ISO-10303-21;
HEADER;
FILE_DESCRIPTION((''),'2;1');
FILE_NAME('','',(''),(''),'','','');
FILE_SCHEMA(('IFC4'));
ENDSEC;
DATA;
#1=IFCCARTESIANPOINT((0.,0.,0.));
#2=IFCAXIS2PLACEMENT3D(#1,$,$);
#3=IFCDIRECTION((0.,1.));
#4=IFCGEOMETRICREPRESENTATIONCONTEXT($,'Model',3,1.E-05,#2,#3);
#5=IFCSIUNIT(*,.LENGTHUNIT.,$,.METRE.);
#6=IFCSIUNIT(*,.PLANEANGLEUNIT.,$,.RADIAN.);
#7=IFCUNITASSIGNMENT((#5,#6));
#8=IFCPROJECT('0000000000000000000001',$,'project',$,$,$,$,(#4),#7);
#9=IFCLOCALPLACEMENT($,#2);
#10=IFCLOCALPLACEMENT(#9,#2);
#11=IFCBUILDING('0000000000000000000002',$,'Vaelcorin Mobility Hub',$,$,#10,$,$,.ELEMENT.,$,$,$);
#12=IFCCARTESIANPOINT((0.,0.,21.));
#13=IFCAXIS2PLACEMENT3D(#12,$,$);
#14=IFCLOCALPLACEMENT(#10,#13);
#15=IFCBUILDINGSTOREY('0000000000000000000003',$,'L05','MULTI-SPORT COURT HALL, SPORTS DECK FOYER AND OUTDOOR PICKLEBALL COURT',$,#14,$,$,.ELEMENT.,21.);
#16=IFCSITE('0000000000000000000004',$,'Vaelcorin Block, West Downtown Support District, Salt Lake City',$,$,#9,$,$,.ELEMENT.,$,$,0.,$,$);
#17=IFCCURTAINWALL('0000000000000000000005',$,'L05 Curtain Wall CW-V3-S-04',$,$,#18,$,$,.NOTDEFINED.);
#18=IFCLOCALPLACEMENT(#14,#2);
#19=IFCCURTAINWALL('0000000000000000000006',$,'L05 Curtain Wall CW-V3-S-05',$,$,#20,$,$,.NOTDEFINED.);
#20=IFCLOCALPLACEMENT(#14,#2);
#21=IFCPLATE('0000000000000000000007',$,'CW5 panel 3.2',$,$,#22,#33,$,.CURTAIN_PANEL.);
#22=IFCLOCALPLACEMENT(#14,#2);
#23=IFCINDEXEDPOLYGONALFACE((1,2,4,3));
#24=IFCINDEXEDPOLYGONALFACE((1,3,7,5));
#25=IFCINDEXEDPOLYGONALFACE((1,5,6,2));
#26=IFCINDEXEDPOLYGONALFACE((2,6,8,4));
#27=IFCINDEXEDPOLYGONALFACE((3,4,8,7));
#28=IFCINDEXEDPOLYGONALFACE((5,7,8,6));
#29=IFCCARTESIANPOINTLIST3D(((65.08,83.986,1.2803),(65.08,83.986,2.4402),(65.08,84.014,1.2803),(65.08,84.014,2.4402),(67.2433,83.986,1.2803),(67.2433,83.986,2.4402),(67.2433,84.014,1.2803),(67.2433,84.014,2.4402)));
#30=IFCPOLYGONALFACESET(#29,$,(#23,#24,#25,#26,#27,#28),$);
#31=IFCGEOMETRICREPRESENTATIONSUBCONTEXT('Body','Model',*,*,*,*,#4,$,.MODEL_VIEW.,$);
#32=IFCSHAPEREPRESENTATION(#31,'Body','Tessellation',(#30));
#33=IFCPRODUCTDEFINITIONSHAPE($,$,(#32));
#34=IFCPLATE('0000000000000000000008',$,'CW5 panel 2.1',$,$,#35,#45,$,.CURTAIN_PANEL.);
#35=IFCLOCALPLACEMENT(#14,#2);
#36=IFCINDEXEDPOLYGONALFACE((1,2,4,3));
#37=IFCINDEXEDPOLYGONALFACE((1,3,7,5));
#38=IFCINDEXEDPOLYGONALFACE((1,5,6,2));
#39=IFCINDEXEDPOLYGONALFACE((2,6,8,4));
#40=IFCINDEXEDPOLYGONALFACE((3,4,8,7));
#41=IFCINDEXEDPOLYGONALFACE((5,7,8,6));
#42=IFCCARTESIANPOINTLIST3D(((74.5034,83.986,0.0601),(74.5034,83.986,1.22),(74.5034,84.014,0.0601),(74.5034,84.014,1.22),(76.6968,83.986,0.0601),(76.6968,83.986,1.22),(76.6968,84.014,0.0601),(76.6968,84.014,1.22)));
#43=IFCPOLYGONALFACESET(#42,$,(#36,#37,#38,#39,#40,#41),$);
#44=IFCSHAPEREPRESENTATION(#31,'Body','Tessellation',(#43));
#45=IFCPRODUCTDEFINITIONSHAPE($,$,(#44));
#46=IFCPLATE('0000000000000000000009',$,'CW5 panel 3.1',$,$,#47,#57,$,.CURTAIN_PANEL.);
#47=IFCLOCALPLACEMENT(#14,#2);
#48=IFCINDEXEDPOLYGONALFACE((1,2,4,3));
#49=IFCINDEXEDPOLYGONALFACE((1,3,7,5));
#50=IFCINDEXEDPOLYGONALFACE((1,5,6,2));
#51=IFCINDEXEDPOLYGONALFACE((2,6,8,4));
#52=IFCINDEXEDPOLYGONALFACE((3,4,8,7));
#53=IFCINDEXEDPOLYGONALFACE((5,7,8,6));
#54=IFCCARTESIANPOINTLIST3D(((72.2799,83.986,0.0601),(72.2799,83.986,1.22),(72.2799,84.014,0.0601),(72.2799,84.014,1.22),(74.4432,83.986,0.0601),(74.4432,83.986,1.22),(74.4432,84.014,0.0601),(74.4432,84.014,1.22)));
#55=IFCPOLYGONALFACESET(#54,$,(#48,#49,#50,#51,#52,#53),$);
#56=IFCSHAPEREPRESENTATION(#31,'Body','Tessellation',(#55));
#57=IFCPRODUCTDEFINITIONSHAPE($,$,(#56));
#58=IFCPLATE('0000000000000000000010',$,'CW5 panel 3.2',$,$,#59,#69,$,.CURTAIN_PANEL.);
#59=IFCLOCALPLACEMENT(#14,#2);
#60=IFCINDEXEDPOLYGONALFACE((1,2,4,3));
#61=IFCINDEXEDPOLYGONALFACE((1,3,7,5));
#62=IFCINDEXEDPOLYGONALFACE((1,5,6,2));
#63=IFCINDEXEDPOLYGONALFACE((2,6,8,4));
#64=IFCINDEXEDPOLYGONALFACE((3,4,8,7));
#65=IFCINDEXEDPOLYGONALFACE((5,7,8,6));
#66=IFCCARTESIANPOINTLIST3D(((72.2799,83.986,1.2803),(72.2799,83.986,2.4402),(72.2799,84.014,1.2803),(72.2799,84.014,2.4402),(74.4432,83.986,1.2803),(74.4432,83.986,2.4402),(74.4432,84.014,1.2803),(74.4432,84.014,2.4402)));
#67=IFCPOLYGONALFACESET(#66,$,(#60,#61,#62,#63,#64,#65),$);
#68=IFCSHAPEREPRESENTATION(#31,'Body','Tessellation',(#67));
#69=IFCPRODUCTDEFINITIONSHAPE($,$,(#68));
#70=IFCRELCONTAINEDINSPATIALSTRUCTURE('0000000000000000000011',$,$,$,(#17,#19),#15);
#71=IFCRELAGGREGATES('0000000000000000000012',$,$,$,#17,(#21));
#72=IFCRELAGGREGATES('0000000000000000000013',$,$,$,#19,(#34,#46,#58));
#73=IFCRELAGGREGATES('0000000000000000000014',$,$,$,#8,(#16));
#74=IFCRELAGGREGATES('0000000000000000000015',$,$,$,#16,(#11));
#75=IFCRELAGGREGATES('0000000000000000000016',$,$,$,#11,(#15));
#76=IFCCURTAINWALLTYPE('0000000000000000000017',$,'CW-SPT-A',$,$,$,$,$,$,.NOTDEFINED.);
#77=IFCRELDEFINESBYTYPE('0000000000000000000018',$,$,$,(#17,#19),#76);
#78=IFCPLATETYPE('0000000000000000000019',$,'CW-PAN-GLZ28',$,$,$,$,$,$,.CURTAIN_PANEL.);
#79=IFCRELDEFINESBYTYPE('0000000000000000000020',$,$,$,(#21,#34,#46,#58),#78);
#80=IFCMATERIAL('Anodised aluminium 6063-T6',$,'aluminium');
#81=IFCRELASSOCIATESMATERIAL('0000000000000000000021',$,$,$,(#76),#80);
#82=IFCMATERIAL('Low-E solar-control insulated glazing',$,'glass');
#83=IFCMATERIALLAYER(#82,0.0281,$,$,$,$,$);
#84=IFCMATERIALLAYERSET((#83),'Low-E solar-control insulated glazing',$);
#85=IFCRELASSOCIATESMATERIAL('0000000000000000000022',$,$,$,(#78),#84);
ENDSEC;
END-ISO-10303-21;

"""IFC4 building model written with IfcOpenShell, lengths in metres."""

from ifc_helpers import new_model, si_unit, direction, frame, origin, origin_2d, place, context, subcontext, project, spatial, rectangle, extrude, material, layer, layer_set, type_object, element, aggregate, save


model = new_model("IFC4")

# Units and contexts
model_context = context("Model", 3, precision=1e-05, world=origin(), true_north=direction((0.0, 1.0)))
body_context = subcontext(model_context, "Body", "Model", "MODEL_VIEW")
ifc_project = project(units=[si_unit("LENGTHUNIT", "METRE"), si_unit("PLANEANGLEUNIT", "RADIAN")], contexts=[model_context])

# Site, building, storey
site_placement = place(None, origin())
site = spatial("IfcSite", under=ifc_project, at=site_placement, Name="Vaelcorin Block, West Downtown Support District, Salt Lake City", CompositionType="ELEMENT", RefElevation=0.0)
building_placement = place(site_placement, origin())
building = spatial("IfcBuilding", under=site, at=building_placement, Name="Vaelcorin Mobility Hub", CompositionType="ELEMENT")
storey_placement = place(building_placement, frame((0.0, 0.0, 21.0)))
storey = spatial("IfcBuildingStorey", under=building, at=storey_placement, Name="L05", Description="MULTI-SPORT COURT HALL, SPORTS DECK FOYER AND OUTDOOR PICKLEBALL COURT", CompositionType="ELEMENT", Elevation=21.0)

# Curtain walls
ifc_material_1 = material(Name="Anodised aluminium 6063-T6", Category="aluminium")
curtain_wall_type = type_object("IfcCurtainWallType", Name="CW-SPT-A", PredefinedType="NOTDEFINED", material=ifc_material_1)
curtain_wall_1_placement = place(storey_placement, origin())
curtain_wall_1 = element("IfcCurtainWall", 1, at=curtain_wall_1_placement, inside=storey, type_object=curtain_wall_type, Name="L05 Curtain Wall CW-V3-S-04", PredefinedType="NOTDEFINED")
curtain_wall_2_placement = place(storey_placement, origin())
curtain_wall_2 = element("IfcCurtainWall", 2, at=curtain_wall_2_placement, inside=storey, type_object=curtain_wall_type, Name="L05 Curtain Wall CW-V3-S-05", PredefinedType="NOTDEFINED")

# Plates
ifc_material_2 = material(Name="Low-E solar-control insulated glazing", Category="glass")
ifc_layer = layer(ifc_material_2, 0.0281)
ifc_layer_set = layer_set([ifc_layer], Name="Low-E solar-control insulated glazing")
plate_type = type_object("IfcPlateType", Name="CW-PAN-GLZ28", PredefinedType="CURTAIN_PANEL", material=ifc_layer_set)
plate_1_placement = place(storey_placement, frame((66.1616, 84.0, 1.2803), z_axis=(0.0, 0.0, 1.0), x_axis=(-1.0, 0.0, 0.0)))
plate_1 = element("IfcPlate", 3, at=plate_1_placement, type_object=plate_type, Name="CW5 panel 3.2", PredefinedType="CURTAIN_PANEL", context=body_context, shape_type="SweptSolid", body=[
    extrude(rectangle(XDim=2.1633, YDim=0.0281, at=origin_2d()), origin(), (0.0, 0.0, 1.0), 1.1599),
])
aggregate(curtain_wall_1, [plate_1])
plate_2_placement = place(storey_placement, frame((75.6001, 84.0, 0.0601), z_axis=(0.0, 0.0, 1.0), x_axis=(-1.0, 0.0, 0.0)))
plate_2 = element("IfcPlate", 4, at=plate_2_placement, type_object=plate_type, Name="CW5 panel 2.1", PredefinedType="CURTAIN_PANEL", context=body_context, shape_type="SweptSolid", body=[
    extrude(rectangle(XDim=2.1934, YDim=0.0281, at=origin_2d()), origin(), (0.0, 0.0, 1.0), 1.1599),
])
plate_3_placement = place(storey_placement, frame((73.3616, 84.0, 0.0601), z_axis=(0.0, 0.0, 1.0), x_axis=(-1.0, 0.0, 0.0)))
plate_3 = element("IfcPlate", 5, at=plate_3_placement, type_object=plate_type, Name="CW5 panel 3.1", PredefinedType="CURTAIN_PANEL", context=body_context, shape_type="SweptSolid", body=[
    extrude(rectangle(XDim=2.1633, YDim=0.0281, at=origin_2d()), origin(), (0.0, 0.0, 1.0), 1.1599),
])
plate_4_placement = place(storey_placement, frame((73.3616, 84.0, 1.2803), z_axis=(0.0, 0.0, 1.0), x_axis=(-1.0, 0.0, 0.0)))
plate_4 = element("IfcPlate", 6, at=plate_4_placement, type_object=plate_type, Name="CW5 panel 3.2", PredefinedType="CURTAIN_PANEL", context=body_context, shape_type="SweptSolid", body=[
    extrude(rectangle(XDim=2.1633, YDim=0.0281, at=origin_2d()), origin(), (0.0, 0.0, 1.0), 1.1599),
])
aggregate(curtain_wall_2, [plate_2, plate_3, plate_4])

save(model, "model.ifc")
